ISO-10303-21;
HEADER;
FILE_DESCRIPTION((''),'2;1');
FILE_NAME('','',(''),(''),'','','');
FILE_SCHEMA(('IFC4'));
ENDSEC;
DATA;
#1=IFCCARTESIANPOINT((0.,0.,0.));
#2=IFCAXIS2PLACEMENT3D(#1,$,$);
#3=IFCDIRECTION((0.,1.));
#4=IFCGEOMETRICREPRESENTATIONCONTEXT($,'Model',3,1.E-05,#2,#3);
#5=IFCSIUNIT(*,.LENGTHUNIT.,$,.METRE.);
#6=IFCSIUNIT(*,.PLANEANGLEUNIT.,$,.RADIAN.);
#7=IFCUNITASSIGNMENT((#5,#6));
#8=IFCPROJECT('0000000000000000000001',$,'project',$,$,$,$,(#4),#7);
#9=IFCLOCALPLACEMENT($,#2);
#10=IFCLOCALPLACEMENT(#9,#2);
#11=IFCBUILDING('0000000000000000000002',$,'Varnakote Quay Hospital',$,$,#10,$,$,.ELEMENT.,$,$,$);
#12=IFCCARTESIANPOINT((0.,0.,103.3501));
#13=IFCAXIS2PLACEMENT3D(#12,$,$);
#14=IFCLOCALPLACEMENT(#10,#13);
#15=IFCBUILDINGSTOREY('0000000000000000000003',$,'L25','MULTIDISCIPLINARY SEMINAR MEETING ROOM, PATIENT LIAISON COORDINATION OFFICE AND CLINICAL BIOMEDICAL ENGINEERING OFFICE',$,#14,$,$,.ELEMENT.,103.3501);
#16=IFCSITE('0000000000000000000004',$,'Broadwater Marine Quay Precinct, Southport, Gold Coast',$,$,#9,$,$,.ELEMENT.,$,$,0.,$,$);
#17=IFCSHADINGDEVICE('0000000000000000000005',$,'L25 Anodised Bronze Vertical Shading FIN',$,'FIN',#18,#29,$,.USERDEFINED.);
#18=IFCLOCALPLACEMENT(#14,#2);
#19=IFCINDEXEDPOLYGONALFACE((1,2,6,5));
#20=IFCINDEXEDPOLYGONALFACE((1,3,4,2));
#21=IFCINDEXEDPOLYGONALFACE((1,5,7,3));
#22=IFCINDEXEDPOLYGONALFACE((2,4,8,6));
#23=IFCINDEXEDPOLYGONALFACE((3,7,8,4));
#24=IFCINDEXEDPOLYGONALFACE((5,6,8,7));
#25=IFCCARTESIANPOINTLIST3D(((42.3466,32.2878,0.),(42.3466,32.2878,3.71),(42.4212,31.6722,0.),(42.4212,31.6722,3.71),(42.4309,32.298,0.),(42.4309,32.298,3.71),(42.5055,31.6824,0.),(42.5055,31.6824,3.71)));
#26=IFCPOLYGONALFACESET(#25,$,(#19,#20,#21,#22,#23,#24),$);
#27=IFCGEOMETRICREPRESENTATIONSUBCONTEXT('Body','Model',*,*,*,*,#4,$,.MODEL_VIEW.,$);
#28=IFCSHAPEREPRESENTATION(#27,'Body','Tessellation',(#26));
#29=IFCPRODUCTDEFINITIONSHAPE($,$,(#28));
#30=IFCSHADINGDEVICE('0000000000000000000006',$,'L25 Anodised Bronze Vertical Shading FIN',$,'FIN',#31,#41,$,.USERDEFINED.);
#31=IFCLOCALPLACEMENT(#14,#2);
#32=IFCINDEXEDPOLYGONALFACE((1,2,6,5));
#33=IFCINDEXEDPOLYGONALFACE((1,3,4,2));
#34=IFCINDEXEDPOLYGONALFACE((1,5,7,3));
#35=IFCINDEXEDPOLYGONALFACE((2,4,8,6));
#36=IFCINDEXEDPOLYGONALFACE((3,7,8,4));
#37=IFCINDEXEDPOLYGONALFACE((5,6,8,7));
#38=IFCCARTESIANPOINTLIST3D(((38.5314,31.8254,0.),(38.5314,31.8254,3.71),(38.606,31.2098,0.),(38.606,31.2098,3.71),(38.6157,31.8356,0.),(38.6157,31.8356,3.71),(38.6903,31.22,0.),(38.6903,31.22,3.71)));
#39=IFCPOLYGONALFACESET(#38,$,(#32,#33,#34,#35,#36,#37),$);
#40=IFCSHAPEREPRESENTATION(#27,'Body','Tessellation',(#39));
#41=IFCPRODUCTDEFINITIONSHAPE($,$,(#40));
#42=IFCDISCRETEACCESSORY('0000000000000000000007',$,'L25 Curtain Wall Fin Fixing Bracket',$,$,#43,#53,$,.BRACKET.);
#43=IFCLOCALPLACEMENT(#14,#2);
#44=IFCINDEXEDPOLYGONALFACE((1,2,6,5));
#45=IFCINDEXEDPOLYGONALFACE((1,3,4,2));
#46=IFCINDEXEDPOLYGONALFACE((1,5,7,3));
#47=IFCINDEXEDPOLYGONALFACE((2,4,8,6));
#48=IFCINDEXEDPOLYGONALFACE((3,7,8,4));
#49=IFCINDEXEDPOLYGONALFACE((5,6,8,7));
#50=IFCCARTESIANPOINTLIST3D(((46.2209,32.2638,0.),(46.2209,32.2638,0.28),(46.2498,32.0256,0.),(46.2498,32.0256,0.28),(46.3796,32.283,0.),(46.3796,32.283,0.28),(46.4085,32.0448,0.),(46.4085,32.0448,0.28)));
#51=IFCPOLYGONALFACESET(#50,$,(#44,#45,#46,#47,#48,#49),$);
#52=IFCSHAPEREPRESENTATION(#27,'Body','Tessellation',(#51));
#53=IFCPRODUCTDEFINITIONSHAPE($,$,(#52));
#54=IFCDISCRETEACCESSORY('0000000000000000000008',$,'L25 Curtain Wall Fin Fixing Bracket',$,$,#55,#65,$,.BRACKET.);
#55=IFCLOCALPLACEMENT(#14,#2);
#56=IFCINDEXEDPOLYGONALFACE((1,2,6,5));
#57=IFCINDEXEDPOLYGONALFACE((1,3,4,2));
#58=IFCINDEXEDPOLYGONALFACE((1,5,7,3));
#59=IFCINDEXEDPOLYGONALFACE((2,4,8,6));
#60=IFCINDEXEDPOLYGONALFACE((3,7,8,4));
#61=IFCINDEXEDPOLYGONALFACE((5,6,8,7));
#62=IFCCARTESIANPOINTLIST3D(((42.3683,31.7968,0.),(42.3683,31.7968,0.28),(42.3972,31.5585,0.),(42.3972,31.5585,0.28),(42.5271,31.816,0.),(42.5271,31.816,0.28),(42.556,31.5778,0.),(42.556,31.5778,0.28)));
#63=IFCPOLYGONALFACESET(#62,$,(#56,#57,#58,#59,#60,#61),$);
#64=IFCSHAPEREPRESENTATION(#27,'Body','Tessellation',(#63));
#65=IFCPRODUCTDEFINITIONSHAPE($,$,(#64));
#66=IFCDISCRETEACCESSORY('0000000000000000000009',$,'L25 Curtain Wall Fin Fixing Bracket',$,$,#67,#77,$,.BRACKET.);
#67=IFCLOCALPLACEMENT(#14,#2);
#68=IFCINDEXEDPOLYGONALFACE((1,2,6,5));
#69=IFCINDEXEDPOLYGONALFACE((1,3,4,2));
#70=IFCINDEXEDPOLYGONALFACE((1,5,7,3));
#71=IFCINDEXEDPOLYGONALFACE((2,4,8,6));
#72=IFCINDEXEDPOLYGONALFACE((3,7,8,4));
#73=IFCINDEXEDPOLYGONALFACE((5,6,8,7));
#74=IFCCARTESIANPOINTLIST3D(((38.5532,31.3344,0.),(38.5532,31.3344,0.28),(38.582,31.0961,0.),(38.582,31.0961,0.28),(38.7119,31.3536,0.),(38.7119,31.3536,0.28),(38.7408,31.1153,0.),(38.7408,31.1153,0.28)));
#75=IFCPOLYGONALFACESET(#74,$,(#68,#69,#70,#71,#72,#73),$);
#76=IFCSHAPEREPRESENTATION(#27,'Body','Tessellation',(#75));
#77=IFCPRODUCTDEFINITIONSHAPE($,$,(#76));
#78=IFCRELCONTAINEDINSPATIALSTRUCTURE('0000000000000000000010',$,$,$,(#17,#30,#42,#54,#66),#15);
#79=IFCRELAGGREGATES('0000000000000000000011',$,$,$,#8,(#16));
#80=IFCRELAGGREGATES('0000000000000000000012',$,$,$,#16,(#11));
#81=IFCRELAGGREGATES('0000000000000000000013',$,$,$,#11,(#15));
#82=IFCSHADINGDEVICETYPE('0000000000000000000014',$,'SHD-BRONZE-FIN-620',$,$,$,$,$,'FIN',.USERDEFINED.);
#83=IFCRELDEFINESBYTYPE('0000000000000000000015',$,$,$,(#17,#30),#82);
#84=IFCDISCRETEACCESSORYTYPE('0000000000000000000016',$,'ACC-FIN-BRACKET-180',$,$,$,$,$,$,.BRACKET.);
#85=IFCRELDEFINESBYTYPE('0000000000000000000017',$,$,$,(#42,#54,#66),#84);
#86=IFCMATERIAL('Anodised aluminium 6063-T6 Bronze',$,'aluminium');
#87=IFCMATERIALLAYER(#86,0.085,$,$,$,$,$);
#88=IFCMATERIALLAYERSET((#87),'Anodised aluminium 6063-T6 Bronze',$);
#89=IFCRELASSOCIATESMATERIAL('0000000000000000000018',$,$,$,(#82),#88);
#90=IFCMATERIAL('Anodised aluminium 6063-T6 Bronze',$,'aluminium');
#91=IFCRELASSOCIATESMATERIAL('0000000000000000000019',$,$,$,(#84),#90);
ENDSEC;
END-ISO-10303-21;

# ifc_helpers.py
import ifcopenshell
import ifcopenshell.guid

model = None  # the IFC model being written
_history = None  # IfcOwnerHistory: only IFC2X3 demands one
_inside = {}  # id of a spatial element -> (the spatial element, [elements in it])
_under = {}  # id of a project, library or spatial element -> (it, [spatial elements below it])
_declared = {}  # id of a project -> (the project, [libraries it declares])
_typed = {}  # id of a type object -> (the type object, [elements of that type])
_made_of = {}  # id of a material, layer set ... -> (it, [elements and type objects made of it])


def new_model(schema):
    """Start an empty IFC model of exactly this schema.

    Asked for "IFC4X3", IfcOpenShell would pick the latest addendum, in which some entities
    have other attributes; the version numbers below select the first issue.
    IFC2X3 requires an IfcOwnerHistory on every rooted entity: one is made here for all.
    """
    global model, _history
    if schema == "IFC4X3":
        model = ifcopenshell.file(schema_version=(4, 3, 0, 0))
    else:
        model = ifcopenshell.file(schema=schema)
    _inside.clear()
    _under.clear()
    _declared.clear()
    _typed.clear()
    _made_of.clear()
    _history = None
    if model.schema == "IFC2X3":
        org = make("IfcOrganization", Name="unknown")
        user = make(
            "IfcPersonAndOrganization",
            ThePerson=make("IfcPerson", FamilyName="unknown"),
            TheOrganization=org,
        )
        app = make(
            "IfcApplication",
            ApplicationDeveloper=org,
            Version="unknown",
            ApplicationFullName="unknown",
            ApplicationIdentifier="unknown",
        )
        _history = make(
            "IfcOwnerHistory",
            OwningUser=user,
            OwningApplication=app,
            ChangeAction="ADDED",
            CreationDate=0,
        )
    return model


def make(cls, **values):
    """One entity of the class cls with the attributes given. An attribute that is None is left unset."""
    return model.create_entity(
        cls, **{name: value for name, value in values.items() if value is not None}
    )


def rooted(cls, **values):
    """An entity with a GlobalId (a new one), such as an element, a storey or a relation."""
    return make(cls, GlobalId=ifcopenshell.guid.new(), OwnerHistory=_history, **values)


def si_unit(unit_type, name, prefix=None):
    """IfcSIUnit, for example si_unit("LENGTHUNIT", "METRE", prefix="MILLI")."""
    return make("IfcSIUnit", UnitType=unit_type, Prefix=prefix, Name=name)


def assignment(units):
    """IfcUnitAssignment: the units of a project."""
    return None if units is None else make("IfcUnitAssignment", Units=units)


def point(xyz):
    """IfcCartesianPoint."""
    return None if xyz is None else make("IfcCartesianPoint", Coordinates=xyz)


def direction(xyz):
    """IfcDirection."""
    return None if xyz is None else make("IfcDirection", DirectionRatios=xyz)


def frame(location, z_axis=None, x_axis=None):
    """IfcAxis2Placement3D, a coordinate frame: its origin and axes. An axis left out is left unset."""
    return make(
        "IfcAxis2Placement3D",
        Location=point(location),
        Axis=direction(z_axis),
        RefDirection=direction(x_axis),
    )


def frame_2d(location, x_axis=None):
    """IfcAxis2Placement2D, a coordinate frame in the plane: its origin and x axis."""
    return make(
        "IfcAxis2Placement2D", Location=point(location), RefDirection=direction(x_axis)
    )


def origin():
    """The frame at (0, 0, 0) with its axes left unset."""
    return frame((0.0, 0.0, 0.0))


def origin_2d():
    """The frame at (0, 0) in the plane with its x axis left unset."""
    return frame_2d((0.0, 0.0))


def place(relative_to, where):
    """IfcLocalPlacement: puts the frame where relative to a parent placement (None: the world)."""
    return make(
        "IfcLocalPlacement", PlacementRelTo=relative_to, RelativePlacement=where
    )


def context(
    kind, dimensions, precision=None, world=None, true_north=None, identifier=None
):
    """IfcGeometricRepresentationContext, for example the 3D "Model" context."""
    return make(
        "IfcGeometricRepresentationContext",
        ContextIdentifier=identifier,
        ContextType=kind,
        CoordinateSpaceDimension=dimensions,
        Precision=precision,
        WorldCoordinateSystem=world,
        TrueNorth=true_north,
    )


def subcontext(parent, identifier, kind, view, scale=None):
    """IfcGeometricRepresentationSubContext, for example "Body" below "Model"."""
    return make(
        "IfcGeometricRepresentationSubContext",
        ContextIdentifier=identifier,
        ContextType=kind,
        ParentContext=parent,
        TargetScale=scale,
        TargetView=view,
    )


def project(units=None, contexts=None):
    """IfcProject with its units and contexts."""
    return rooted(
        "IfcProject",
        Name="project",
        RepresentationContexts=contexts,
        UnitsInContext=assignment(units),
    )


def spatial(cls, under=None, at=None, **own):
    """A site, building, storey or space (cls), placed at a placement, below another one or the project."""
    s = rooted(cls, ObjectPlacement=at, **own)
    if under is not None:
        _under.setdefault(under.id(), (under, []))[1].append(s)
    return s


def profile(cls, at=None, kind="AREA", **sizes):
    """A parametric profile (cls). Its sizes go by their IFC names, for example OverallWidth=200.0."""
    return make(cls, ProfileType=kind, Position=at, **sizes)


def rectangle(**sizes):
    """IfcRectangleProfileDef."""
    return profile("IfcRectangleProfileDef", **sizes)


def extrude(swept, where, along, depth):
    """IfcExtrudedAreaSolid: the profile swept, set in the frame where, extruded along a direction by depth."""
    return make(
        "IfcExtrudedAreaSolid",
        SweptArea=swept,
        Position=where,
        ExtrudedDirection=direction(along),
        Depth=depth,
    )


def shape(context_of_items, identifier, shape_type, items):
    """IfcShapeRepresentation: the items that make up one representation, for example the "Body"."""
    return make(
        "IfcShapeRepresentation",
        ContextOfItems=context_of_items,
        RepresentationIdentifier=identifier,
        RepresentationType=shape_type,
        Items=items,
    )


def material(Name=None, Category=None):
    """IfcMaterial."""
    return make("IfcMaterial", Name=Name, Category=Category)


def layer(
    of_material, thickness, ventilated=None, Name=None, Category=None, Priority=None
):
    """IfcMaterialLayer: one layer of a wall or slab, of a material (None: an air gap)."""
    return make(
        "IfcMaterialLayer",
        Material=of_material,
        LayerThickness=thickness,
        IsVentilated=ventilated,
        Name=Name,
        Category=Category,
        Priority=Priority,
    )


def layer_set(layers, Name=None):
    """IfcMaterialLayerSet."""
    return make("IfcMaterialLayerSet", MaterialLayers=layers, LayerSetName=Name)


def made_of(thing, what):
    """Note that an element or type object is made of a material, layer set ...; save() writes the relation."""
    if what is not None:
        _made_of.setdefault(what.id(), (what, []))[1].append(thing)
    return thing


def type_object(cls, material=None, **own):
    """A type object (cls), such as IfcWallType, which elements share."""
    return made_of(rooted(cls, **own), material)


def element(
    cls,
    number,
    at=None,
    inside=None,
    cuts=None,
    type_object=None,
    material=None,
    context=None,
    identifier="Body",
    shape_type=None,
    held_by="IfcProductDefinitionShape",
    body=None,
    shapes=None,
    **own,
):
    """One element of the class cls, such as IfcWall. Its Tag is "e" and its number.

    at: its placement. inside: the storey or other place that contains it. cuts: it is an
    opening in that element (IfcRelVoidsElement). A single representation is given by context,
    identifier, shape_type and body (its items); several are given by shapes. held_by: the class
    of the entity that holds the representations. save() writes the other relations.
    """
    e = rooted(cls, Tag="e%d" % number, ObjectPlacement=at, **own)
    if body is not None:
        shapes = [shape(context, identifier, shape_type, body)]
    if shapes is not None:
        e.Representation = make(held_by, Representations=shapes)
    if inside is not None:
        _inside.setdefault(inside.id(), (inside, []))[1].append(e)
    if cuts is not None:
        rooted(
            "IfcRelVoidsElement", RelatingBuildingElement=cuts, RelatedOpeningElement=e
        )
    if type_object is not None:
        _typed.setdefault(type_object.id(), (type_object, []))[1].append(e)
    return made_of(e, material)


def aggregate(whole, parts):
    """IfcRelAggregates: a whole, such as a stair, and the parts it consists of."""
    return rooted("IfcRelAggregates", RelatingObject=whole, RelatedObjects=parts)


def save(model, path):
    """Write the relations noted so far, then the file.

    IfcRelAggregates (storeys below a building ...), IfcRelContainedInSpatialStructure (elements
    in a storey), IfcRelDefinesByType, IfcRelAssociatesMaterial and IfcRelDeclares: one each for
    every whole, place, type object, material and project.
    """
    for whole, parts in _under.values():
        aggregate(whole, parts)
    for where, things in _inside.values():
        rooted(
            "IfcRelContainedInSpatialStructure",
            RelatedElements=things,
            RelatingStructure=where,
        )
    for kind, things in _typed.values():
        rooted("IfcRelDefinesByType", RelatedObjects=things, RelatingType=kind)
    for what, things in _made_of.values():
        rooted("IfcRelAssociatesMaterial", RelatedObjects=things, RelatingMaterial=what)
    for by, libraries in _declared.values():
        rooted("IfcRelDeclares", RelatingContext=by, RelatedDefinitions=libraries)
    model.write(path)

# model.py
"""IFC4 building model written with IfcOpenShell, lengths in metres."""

from ifc_helpers import new_model, si_unit, direction, frame, origin, origin_2d, place, context, subcontext, project, spatial, rectangle, extrude, material, layer, layer_set, type_object, element, save


model = new_model("IFC4")

# Units and contexts
model_context = context("Model", 3, precision=1e-05, world=origin(), true_north=direction((0.0, 1.0)))
body_context = subcontext(model_context, "Body", "Model", "MODEL_VIEW")
ifc_project = project(units=[si_unit("LENGTHUNIT", "METRE"), si_unit("PLANEANGLEUNIT", "RADIAN")], contexts=[model_context])

# Site, building, storey
site_placement = place(None, origin())
site = spatial("IfcSite", under=ifc_project, at=site_placement, Name="Broadwater Marine Quay Precinct, Southport, Gold Coast", CompositionType="ELEMENT", RefElevation=0.0)
building_placement = place(site_placement, origin())
building = spatial("IfcBuilding", under=site, at=building_placement, Name="Varnakote Quay Hospital", CompositionType="ELEMENT")
storey_placement = place(building_placement, frame((0.0, 0.0, 103.3501)))
storey = spatial("IfcBuildingStorey", under=building, at=storey_placement, Name="L25", Description="MULTIDISCIPLINARY SEMINAR MEETING ROOM, PATIENT LIAISON COORDINATION OFFICE AND CLINICAL BIOMEDICAL ENGINEERING OFFICE", CompositionType="ELEMENT", Elevation=103.3501)

# Shading devices
ifc_material_1 = material(Name="Anodised aluminium 6063-T6 Bronze", Category="aluminium")
ifc_layer_1 = layer(ifc_material_1, 0.085)
ifc_layer_set_1 = layer_set([ifc_layer_1], Name="Anodised aluminium 6063-T6 Bronze")
shading_device_type = type_object("IfcShadingDeviceType", Name="SHD-BRONZE-FIN-620", ElementType="FIN", PredefinedType="USERDEFINED", material=ifc_layer_set_1)
for number, where, z_axis, x_axis, name in (
    (1, (42.426, 31.9851, 0.0), (0.0, 0.0, 1.0), (0.12031, -0.992736, 0.0), "L25 Anodised Bronze Vertical Shading FIN"),
    (2, (38.6108, 31.5227, 0.0), (0.0, 0.0, 1.0), (0.12031, -0.992736, 0.0), "L25 Anodised Bronze Vertical Shading FIN"),
):
    element("IfcShadingDevice", number, at=place(storey_placement, frame(where, z_axis=z_axis, x_axis=x_axis)), inside=storey, type_object=shading_device_type, Name=name, ObjectType="FIN", PredefinedType="USERDEFINED", context=body_context, shape_type="SweptSolid", body=[
        extrude(rectangle(XDim=0.6201, YDim=0.085, at=origin_2d()), origin(), (0.0, 0.0, 1.0), 3.71),
    ])

# Discrete accessories
ifc_material_2 = material(Name="Anodised aluminium 6063-T6 Bronze", Category="aluminium")
discrete_accessory_type = type_object("IfcDiscreteAccessoryType", Name="ACC-FIN-BRACKET-180", PredefinedType="BRACKET", material=ifc_material_2)
for number, where, z_axis, x_axis, name in (
    (3, (46.3147, 32.1543, 0.0), (0.0, 0.0, 1.0), (-0.992736, -0.12031, 0.0), "L25 Curtain Wall Fin Fixing Bracket"),
    (4, (42.4622, 31.6873, 0.0), (0.0, 0.0, 1.0), (-0.992736, -0.12031, 0.0), "L25 Curtain Wall Fin Fixing Bracket"),
    (5, (38.647, 31.2249, 0.0), (0.0, 0.0, 1.0), (-0.992736, -0.12031, 0.0), "L25 Curtain Wall Fin Fixing Bracket"),
):
    element("IfcDiscreteAccessory", number, at=place(storey_placement, frame(where, z_axis=z_axis, x_axis=x_axis)), inside=storey, type_object=discrete_accessory_type, Name=name, PredefinedType="BRACKET", context=body_context, shape_type="SweptSolid", body=[
        extrude(rectangle(XDim=0.1599, YDim=0.24, at=origin_2d()), origin(), (0.0, 0.0, 1.0), 0.28),
    ])

save(model, "model.ifc")
